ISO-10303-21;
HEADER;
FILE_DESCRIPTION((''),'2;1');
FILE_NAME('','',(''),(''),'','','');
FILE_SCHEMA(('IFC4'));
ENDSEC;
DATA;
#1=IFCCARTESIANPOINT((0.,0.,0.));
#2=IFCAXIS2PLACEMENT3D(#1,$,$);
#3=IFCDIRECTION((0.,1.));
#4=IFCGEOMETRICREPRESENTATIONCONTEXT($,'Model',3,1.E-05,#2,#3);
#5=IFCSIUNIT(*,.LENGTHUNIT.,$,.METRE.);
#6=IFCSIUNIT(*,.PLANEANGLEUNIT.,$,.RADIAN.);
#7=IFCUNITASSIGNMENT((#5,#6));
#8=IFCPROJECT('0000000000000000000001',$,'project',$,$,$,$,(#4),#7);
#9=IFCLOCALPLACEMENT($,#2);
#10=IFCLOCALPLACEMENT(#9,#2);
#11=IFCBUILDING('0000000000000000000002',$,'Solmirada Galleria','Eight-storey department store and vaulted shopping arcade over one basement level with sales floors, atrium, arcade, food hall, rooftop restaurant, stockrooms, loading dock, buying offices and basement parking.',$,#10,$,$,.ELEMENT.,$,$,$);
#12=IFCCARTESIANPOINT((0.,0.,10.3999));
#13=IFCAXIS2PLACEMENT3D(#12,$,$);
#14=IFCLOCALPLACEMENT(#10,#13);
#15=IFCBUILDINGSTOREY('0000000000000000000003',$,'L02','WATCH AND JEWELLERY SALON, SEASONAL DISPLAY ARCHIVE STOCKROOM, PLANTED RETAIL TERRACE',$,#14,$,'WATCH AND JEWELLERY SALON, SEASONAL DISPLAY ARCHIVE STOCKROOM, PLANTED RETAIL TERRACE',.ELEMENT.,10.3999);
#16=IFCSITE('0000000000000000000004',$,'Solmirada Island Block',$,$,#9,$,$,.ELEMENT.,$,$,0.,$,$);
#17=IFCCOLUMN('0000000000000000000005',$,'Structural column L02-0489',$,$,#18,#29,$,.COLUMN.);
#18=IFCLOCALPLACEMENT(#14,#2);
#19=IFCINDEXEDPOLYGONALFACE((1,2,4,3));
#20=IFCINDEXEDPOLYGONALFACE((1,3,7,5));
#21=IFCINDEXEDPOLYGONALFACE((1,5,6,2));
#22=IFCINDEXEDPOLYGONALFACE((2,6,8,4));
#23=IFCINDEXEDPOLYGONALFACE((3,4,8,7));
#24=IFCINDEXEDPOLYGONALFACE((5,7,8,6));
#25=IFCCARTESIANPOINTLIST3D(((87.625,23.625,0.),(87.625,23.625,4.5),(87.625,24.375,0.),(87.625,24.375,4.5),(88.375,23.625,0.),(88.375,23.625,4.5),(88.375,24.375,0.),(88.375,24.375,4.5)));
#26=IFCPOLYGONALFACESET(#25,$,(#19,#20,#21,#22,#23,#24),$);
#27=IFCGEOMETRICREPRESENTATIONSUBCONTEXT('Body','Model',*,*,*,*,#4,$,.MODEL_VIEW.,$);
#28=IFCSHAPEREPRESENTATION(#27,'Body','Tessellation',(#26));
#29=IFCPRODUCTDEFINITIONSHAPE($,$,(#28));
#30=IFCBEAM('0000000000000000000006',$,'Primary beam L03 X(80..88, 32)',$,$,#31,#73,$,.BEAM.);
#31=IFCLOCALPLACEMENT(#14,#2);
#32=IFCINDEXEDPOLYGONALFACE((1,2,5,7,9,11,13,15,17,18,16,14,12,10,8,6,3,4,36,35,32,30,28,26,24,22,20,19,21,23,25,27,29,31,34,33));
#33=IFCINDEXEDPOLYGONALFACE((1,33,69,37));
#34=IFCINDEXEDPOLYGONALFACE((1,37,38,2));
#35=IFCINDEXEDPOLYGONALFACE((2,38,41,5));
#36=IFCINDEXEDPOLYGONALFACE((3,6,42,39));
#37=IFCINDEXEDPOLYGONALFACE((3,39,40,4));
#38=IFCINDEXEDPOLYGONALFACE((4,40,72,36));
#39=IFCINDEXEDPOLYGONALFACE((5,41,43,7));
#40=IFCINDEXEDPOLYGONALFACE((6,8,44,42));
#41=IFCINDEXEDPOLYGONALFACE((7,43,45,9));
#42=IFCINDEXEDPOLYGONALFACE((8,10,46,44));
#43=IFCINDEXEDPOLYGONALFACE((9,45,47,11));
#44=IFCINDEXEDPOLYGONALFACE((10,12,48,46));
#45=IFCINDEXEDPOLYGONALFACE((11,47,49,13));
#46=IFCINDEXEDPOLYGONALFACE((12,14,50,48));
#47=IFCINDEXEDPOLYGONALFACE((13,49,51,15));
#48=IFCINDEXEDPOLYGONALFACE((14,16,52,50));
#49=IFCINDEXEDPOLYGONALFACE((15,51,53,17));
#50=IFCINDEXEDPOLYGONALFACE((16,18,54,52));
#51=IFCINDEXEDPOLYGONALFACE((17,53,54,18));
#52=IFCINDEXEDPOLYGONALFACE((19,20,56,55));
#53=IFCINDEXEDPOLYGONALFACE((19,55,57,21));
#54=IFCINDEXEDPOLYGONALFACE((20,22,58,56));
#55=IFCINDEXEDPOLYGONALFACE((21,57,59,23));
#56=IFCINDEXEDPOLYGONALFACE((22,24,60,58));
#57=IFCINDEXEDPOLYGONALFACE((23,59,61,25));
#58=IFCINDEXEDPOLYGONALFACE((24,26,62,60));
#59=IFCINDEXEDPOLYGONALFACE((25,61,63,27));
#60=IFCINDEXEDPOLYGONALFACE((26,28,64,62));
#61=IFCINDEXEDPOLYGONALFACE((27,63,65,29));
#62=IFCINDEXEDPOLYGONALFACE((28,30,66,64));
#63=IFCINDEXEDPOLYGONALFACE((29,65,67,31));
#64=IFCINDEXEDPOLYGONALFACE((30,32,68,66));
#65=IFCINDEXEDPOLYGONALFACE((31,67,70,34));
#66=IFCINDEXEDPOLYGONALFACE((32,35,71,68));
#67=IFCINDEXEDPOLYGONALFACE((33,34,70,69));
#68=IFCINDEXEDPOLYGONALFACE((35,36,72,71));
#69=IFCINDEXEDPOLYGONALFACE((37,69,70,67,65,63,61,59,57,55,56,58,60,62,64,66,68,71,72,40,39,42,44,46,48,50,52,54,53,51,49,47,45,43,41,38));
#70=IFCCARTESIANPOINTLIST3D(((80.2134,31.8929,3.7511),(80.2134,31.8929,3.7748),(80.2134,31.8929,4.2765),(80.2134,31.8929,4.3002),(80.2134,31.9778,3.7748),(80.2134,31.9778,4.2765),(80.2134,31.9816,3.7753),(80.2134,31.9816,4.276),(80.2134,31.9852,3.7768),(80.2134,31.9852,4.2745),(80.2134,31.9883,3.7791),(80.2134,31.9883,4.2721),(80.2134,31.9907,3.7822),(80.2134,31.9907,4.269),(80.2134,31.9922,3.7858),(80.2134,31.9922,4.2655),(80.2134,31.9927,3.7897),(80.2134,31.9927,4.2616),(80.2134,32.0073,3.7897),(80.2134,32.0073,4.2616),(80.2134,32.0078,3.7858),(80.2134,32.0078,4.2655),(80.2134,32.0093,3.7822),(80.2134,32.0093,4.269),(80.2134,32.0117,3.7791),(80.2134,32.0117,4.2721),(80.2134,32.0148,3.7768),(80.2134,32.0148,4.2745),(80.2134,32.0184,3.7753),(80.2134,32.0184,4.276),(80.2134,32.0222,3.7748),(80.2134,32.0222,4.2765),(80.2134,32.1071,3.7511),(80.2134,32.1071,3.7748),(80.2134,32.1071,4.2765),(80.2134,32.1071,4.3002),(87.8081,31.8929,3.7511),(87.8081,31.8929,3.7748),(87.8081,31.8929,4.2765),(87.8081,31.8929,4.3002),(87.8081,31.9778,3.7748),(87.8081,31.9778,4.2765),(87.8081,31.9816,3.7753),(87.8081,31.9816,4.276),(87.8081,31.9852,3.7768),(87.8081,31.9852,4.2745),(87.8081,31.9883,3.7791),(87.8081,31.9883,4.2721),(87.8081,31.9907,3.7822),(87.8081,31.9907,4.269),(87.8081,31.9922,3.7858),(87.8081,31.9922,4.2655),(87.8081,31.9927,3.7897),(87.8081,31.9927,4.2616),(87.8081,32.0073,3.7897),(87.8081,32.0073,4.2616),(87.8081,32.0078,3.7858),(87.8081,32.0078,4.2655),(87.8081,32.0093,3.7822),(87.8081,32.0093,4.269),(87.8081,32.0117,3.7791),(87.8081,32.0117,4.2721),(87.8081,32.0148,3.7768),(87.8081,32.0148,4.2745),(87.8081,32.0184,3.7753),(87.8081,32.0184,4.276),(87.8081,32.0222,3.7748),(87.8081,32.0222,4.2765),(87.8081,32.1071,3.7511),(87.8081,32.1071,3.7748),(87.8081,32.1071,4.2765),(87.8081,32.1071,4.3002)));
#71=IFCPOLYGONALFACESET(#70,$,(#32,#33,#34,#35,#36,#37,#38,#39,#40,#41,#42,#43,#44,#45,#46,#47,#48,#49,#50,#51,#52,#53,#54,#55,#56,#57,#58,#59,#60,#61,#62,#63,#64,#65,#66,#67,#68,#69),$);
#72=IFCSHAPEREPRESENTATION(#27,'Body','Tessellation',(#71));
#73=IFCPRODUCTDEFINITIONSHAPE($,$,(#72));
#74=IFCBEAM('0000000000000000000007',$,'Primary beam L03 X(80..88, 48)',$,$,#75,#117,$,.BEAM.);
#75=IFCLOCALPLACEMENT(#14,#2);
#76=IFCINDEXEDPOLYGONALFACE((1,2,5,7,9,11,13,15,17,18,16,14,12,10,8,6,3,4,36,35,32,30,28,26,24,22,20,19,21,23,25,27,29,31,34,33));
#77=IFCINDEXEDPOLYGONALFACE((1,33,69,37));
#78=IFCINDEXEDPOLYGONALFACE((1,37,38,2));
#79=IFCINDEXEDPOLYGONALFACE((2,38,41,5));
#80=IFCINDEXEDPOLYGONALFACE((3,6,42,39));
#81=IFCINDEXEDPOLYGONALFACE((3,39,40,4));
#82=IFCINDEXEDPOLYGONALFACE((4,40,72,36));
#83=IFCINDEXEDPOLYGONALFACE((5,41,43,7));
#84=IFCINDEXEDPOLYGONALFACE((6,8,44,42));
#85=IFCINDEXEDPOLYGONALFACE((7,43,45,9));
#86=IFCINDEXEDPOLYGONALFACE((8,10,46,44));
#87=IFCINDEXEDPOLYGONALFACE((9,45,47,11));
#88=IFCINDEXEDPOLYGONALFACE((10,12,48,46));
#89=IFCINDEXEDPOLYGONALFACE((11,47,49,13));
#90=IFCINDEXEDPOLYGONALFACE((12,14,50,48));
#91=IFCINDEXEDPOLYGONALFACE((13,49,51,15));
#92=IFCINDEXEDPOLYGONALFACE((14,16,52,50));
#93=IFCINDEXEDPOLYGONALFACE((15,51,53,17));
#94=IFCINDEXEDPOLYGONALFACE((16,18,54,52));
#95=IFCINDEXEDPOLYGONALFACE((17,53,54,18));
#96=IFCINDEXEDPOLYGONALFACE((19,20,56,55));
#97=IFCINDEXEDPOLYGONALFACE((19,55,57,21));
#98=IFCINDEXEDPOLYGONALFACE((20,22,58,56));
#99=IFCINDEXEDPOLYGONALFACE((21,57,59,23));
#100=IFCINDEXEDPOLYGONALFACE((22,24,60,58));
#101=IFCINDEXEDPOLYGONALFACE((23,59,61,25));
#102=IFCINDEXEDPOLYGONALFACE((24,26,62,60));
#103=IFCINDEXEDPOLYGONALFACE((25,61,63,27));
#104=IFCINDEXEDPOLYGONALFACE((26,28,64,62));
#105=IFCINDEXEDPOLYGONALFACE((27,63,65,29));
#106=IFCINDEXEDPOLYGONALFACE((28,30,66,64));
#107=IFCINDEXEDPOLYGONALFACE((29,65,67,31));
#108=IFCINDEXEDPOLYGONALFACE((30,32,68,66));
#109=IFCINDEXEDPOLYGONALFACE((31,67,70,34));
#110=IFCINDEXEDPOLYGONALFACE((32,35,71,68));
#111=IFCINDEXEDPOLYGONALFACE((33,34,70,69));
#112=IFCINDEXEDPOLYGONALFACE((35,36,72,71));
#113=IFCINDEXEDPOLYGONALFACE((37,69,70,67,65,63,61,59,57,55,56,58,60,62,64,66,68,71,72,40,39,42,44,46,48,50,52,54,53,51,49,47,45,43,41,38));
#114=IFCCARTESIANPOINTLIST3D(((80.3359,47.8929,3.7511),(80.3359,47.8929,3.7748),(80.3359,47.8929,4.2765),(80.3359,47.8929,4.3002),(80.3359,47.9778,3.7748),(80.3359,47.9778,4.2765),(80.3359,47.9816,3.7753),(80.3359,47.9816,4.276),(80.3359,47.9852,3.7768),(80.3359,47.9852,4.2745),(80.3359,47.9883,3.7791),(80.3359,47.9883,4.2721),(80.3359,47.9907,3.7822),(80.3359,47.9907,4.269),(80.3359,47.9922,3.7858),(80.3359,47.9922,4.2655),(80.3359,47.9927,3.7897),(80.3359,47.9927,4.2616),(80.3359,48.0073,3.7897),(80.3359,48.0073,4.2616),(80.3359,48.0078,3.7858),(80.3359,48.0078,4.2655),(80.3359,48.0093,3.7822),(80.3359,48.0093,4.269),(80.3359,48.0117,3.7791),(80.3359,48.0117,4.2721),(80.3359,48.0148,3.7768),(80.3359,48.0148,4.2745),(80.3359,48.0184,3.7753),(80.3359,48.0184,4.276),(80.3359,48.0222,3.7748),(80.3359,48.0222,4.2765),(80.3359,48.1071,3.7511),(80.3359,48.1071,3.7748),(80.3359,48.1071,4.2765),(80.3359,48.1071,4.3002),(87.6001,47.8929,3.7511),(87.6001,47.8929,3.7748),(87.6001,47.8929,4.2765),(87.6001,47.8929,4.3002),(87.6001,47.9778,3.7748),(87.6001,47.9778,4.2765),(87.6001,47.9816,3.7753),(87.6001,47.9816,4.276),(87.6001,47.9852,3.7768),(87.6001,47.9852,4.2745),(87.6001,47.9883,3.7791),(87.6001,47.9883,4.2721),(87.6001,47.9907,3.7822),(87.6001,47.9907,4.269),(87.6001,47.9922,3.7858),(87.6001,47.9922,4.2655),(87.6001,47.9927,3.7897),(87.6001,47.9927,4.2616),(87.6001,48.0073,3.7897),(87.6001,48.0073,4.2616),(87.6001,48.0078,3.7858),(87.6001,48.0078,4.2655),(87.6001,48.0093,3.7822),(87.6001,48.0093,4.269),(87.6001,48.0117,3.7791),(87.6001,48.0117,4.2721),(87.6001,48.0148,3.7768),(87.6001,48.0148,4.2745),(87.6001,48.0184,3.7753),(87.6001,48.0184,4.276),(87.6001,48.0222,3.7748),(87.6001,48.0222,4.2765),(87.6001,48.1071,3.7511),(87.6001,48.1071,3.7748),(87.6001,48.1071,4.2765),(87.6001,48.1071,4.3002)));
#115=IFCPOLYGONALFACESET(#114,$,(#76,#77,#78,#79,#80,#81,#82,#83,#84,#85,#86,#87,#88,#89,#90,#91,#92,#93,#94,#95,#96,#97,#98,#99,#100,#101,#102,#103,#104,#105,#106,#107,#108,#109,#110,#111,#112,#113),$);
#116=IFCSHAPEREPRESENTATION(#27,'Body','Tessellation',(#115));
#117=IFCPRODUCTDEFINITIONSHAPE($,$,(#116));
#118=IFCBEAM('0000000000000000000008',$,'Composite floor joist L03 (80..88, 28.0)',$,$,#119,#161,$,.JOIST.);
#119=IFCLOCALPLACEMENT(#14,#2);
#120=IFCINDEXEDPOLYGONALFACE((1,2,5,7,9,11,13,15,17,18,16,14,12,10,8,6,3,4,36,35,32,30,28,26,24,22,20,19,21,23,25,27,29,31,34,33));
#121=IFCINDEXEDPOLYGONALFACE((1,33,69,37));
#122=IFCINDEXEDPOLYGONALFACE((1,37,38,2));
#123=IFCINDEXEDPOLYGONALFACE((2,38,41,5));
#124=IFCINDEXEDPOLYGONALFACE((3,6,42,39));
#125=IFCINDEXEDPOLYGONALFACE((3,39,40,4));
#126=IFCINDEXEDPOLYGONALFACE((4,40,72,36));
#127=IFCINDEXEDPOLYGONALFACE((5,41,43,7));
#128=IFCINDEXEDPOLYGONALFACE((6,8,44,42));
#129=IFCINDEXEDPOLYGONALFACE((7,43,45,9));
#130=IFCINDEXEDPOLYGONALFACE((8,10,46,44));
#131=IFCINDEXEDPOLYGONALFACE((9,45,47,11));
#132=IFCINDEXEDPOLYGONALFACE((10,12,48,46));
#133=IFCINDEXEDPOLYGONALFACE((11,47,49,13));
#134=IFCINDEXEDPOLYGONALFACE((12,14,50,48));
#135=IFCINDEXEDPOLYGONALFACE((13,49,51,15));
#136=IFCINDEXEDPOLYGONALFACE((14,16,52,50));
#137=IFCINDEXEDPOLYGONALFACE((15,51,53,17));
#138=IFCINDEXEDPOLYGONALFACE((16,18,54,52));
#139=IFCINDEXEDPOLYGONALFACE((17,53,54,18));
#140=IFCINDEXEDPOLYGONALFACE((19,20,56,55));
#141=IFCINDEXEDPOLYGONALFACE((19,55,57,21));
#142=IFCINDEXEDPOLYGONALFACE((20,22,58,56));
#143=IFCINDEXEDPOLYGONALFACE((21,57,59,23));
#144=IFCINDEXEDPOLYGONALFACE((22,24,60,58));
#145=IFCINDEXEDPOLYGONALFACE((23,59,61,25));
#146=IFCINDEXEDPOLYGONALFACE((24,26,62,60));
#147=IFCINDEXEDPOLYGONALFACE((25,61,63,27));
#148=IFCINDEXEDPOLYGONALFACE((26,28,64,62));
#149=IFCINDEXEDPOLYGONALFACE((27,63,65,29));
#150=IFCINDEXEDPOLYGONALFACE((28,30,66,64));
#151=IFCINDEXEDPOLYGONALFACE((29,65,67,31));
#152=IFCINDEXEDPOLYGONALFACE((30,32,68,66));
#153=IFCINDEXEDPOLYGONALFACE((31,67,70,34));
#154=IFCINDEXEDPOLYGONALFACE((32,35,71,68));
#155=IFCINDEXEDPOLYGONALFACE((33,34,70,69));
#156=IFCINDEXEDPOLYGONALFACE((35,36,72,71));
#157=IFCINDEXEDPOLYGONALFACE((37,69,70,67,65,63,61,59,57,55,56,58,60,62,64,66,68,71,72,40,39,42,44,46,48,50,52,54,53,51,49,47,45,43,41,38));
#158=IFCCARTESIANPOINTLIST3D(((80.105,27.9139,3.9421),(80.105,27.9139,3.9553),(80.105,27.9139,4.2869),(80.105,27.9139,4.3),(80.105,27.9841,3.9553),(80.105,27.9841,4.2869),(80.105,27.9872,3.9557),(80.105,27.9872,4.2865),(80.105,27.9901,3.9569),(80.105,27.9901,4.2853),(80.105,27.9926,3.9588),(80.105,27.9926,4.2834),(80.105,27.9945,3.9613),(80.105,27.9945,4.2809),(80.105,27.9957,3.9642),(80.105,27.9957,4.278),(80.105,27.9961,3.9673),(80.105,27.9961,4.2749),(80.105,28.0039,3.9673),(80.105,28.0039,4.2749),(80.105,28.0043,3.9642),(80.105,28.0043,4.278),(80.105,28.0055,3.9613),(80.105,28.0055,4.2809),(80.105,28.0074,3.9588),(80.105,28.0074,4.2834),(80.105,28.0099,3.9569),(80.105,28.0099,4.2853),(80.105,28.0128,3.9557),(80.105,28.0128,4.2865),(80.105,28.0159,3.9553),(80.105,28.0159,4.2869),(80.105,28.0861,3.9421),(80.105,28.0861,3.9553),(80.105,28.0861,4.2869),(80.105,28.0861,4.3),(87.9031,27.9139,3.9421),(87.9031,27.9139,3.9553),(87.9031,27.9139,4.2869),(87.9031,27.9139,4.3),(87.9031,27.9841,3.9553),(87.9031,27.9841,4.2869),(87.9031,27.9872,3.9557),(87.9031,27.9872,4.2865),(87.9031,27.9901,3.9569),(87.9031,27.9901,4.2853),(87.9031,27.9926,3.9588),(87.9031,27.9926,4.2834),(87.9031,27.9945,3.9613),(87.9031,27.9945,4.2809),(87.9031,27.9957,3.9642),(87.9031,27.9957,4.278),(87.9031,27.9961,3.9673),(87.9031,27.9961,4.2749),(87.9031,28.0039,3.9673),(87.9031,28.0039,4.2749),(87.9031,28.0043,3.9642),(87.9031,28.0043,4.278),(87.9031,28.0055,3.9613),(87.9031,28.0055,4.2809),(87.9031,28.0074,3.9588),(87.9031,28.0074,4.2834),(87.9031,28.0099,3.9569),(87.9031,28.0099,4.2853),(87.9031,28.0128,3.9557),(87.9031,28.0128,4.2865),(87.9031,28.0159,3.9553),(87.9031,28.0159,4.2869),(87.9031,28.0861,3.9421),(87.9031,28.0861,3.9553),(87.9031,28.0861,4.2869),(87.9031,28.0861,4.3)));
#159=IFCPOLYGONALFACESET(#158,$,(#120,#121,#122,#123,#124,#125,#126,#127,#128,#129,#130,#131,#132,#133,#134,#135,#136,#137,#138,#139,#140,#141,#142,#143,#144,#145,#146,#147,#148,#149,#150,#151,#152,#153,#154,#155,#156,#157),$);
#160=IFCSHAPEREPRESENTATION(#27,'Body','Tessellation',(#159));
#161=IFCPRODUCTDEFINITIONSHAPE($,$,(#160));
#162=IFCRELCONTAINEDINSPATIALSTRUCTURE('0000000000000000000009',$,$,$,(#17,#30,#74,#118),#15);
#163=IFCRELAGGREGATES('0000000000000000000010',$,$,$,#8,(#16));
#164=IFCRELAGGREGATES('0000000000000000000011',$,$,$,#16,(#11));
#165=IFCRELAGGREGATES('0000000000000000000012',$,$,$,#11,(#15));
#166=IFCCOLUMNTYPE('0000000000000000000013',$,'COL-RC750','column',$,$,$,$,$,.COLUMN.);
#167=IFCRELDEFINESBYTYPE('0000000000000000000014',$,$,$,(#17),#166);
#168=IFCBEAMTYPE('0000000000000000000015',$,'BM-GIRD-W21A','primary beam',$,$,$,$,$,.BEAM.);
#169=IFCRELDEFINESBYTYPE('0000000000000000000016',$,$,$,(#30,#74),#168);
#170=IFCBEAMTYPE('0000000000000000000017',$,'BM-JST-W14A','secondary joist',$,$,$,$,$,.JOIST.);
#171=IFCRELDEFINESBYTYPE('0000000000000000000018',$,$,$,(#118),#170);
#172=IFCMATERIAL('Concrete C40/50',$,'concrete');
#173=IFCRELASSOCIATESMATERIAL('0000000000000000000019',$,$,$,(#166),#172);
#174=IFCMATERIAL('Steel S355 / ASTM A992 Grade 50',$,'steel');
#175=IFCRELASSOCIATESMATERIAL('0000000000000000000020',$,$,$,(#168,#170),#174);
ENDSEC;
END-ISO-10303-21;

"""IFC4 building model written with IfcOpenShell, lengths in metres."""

from ifc_helpers import new_model, si_unit, direction, frame, origin, origin_2d, place, context, subcontext, project, spatial, rectangle, i_section, extrude, material, material_profile, profile_set, type_object, element, save


model = new_model("IFC4")

# Units and contexts
model_context = context("Model", 3, precision=1e-05, world=origin(), true_north=direction((0.0, 1.0)))
body_context = subcontext(model_context, "Body", "Model", "MODEL_VIEW")
ifc_project = project(units=[si_unit("LENGTHUNIT", "METRE"), si_unit("PLANEANGLEUNIT", "RADIAN")], contexts=[model_context])

# Site, building, storey
site_placement = place(None, origin())
site = spatial("IfcSite", under=ifc_project, at=site_placement, Name="Solmirada Island Block", CompositionType="ELEMENT", RefElevation=0.0)
building_placement = place(site_placement, origin())
building = spatial("IfcBuilding", under=site, at=building_placement, Name="Solmirada Galleria", Description="Eight-storey department store and vaulted shopping arcade over one basement level with sales floors, atrium, arcade, food hall, rooftop restaurant, stockrooms, loading dock, buying offices and basement parking.", CompositionType="ELEMENT")
storey_placement = place(building_placement, frame((0.0, 0.0, 10.3999)))
storey = spatial("IfcBuildingStorey", under=building, at=storey_placement, Name="L02", Description="WATCH AND JEWELLERY SALON, SEASONAL DISPLAY ARCHIVE STOCKROOM, PLANTED RETAIL TERRACE", LongName="WATCH AND JEWELLERY SALON, SEASONAL DISPLAY ARCHIVE STOCKROOM, PLANTED RETAIL TERRACE", CompositionType="ELEMENT", Elevation=10.3999)

# Column
ifc_material_1 = material(Name="Concrete C40/50", Category="concrete")
ifc_material_profile_1 = material_profile(ifc_material_1, rectangle(XDim=0.75, YDim=0.75, at=origin_2d()), Name="RC750X750")
ifc_profile_set_1 = profile_set([ifc_material_profile_1], Name="Concrete C40/50")
column_type = type_object("IfcColumnType", Name="COL-RC750", Description="column", PredefinedType="COLUMN", material=ifc_profile_set_1)
column_placement = place(storey_placement, frame((88.0, 24.0, 0.0), z_axis=(0.0, 0.0, 1.0), x_axis=(1.0, 0.0, 0.0)))
element("IfcColumn", 1, at=column_placement, inside=storey, type_object=column_type, Name="Structural column L02-0489", PredefinedType="COLUMN", context=body_context, shape_type="SweptSolid", body=[
    extrude(rectangle(XDim=0.75, YDim=0.75, at=origin_2d()), origin(), (0.0, 0.0, 1.0), 4.5),
])

# Beams
ifc_material_2 = material(Name="Steel S355 / ASTM A992 Grade 50", Category="steel")
ifc_material_profile_2 = material_profile(ifc_material_2, i_section(OverallWidth=0.2141, OverallDepth=0.5491, WebThickness=0.0146, FlangeThickness=0.0237, FilletRadius=0.0149, at=origin_2d()), Name="W21X93")
ifc_profile_set_2 = profile_set([ifc_material_profile_2], Name="Steel S355 / ASTM A992 Grade 50")
beam_type_1 = type_object("IfcBeamType", Name="BM-GIRD-W21A", Description="primary beam", PredefinedType="BEAM", material=ifc_profile_set_2)
beam_1_placement = place(storey_placement, frame((80.2134, 32.0, 4.0256), z_axis=(1.0, 0.0, 0.0), x_axis=(0.0, 1.0, 0.0)))
element("IfcBeam", 2, at=beam_1_placement, inside=storey, type_object=beam_type_1, Name="Primary beam L03 X(80..88, 32)", PredefinedType="BEAM", context=body_context, shape_type="SweptSolid", body=[
    extrude(i_section(OverallWidth=0.2141, OverallDepth=0.5491, WebThickness=0.0146, FlangeThickness=0.0237, FilletRadius=0.0149, at=origin_2d()), origin(), (0.0, 0.0, 1.0), 7.5947),
])
beam_2_placement = place(storey_placement, frame((80.3359, 48.0, 4.0256), z_axis=(1.0, 0.0, 0.0), x_axis=(0.0, 1.0, 0.0)))
element("IfcBeam", 3, at=beam_2_placement, inside=storey, type_object=beam_type_1, Name="Primary beam L03 X(80..88, 48)", PredefinedType="BEAM", context=body_context, shape_type="SweptSolid", body=[
    extrude(i_section(OverallWidth=0.2141, OverallDepth=0.5491, WebThickness=0.0146, FlangeThickness=0.0237, FilletRadius=0.0149, at=origin_2d()), origin(), (0.0, 0.0, 1.0), 7.2642),
])
ifc_material_profile_3 = material_profile(ifc_material_2, i_section(OverallWidth=0.1721, OverallDepth=0.3579, WebThickness=0.0078, FlangeThickness=0.0132, FilletRadius=0.012, at=origin_2d()), Name="W14X38")
ifc_profile_set_3 = profile_set([ifc_material_profile_3], Name="Steel S355 / ASTM A992 Grade 50")
beam_type_2 = type_object("IfcBeamType", Name="BM-JST-W14A", Description="secondary joist", PredefinedType="JOIST", material=ifc_profile_set_3)
for number, where, z_axis, x_axis, name in (
    (4, (80.105, 28.0, 4.1211), (1.0, 0.0, 0.0), (0.0, 1.0, 0.0), "Composite floor joist L03 (80..88, 28.0)"),
):
    element("IfcBeam", number, at=place(storey_placement, frame(where, z_axis=z_axis, x_axis=x_axis)), inside=storey, type_object=beam_type_2, Name=name, PredefinedType="JOIST", context=body_context, shape_type="SweptSolid", body=[
        extrude(i_section(OverallWidth=0.1721, OverallDepth=0.3579, WebThickness=0.0078, FlangeThickness=0.0132, FilletRadius=0.012, at=origin_2d()), origin(), (0.0, 0.0, 1.0), 7.7981),
    ])

save(model, "model.ifc")
